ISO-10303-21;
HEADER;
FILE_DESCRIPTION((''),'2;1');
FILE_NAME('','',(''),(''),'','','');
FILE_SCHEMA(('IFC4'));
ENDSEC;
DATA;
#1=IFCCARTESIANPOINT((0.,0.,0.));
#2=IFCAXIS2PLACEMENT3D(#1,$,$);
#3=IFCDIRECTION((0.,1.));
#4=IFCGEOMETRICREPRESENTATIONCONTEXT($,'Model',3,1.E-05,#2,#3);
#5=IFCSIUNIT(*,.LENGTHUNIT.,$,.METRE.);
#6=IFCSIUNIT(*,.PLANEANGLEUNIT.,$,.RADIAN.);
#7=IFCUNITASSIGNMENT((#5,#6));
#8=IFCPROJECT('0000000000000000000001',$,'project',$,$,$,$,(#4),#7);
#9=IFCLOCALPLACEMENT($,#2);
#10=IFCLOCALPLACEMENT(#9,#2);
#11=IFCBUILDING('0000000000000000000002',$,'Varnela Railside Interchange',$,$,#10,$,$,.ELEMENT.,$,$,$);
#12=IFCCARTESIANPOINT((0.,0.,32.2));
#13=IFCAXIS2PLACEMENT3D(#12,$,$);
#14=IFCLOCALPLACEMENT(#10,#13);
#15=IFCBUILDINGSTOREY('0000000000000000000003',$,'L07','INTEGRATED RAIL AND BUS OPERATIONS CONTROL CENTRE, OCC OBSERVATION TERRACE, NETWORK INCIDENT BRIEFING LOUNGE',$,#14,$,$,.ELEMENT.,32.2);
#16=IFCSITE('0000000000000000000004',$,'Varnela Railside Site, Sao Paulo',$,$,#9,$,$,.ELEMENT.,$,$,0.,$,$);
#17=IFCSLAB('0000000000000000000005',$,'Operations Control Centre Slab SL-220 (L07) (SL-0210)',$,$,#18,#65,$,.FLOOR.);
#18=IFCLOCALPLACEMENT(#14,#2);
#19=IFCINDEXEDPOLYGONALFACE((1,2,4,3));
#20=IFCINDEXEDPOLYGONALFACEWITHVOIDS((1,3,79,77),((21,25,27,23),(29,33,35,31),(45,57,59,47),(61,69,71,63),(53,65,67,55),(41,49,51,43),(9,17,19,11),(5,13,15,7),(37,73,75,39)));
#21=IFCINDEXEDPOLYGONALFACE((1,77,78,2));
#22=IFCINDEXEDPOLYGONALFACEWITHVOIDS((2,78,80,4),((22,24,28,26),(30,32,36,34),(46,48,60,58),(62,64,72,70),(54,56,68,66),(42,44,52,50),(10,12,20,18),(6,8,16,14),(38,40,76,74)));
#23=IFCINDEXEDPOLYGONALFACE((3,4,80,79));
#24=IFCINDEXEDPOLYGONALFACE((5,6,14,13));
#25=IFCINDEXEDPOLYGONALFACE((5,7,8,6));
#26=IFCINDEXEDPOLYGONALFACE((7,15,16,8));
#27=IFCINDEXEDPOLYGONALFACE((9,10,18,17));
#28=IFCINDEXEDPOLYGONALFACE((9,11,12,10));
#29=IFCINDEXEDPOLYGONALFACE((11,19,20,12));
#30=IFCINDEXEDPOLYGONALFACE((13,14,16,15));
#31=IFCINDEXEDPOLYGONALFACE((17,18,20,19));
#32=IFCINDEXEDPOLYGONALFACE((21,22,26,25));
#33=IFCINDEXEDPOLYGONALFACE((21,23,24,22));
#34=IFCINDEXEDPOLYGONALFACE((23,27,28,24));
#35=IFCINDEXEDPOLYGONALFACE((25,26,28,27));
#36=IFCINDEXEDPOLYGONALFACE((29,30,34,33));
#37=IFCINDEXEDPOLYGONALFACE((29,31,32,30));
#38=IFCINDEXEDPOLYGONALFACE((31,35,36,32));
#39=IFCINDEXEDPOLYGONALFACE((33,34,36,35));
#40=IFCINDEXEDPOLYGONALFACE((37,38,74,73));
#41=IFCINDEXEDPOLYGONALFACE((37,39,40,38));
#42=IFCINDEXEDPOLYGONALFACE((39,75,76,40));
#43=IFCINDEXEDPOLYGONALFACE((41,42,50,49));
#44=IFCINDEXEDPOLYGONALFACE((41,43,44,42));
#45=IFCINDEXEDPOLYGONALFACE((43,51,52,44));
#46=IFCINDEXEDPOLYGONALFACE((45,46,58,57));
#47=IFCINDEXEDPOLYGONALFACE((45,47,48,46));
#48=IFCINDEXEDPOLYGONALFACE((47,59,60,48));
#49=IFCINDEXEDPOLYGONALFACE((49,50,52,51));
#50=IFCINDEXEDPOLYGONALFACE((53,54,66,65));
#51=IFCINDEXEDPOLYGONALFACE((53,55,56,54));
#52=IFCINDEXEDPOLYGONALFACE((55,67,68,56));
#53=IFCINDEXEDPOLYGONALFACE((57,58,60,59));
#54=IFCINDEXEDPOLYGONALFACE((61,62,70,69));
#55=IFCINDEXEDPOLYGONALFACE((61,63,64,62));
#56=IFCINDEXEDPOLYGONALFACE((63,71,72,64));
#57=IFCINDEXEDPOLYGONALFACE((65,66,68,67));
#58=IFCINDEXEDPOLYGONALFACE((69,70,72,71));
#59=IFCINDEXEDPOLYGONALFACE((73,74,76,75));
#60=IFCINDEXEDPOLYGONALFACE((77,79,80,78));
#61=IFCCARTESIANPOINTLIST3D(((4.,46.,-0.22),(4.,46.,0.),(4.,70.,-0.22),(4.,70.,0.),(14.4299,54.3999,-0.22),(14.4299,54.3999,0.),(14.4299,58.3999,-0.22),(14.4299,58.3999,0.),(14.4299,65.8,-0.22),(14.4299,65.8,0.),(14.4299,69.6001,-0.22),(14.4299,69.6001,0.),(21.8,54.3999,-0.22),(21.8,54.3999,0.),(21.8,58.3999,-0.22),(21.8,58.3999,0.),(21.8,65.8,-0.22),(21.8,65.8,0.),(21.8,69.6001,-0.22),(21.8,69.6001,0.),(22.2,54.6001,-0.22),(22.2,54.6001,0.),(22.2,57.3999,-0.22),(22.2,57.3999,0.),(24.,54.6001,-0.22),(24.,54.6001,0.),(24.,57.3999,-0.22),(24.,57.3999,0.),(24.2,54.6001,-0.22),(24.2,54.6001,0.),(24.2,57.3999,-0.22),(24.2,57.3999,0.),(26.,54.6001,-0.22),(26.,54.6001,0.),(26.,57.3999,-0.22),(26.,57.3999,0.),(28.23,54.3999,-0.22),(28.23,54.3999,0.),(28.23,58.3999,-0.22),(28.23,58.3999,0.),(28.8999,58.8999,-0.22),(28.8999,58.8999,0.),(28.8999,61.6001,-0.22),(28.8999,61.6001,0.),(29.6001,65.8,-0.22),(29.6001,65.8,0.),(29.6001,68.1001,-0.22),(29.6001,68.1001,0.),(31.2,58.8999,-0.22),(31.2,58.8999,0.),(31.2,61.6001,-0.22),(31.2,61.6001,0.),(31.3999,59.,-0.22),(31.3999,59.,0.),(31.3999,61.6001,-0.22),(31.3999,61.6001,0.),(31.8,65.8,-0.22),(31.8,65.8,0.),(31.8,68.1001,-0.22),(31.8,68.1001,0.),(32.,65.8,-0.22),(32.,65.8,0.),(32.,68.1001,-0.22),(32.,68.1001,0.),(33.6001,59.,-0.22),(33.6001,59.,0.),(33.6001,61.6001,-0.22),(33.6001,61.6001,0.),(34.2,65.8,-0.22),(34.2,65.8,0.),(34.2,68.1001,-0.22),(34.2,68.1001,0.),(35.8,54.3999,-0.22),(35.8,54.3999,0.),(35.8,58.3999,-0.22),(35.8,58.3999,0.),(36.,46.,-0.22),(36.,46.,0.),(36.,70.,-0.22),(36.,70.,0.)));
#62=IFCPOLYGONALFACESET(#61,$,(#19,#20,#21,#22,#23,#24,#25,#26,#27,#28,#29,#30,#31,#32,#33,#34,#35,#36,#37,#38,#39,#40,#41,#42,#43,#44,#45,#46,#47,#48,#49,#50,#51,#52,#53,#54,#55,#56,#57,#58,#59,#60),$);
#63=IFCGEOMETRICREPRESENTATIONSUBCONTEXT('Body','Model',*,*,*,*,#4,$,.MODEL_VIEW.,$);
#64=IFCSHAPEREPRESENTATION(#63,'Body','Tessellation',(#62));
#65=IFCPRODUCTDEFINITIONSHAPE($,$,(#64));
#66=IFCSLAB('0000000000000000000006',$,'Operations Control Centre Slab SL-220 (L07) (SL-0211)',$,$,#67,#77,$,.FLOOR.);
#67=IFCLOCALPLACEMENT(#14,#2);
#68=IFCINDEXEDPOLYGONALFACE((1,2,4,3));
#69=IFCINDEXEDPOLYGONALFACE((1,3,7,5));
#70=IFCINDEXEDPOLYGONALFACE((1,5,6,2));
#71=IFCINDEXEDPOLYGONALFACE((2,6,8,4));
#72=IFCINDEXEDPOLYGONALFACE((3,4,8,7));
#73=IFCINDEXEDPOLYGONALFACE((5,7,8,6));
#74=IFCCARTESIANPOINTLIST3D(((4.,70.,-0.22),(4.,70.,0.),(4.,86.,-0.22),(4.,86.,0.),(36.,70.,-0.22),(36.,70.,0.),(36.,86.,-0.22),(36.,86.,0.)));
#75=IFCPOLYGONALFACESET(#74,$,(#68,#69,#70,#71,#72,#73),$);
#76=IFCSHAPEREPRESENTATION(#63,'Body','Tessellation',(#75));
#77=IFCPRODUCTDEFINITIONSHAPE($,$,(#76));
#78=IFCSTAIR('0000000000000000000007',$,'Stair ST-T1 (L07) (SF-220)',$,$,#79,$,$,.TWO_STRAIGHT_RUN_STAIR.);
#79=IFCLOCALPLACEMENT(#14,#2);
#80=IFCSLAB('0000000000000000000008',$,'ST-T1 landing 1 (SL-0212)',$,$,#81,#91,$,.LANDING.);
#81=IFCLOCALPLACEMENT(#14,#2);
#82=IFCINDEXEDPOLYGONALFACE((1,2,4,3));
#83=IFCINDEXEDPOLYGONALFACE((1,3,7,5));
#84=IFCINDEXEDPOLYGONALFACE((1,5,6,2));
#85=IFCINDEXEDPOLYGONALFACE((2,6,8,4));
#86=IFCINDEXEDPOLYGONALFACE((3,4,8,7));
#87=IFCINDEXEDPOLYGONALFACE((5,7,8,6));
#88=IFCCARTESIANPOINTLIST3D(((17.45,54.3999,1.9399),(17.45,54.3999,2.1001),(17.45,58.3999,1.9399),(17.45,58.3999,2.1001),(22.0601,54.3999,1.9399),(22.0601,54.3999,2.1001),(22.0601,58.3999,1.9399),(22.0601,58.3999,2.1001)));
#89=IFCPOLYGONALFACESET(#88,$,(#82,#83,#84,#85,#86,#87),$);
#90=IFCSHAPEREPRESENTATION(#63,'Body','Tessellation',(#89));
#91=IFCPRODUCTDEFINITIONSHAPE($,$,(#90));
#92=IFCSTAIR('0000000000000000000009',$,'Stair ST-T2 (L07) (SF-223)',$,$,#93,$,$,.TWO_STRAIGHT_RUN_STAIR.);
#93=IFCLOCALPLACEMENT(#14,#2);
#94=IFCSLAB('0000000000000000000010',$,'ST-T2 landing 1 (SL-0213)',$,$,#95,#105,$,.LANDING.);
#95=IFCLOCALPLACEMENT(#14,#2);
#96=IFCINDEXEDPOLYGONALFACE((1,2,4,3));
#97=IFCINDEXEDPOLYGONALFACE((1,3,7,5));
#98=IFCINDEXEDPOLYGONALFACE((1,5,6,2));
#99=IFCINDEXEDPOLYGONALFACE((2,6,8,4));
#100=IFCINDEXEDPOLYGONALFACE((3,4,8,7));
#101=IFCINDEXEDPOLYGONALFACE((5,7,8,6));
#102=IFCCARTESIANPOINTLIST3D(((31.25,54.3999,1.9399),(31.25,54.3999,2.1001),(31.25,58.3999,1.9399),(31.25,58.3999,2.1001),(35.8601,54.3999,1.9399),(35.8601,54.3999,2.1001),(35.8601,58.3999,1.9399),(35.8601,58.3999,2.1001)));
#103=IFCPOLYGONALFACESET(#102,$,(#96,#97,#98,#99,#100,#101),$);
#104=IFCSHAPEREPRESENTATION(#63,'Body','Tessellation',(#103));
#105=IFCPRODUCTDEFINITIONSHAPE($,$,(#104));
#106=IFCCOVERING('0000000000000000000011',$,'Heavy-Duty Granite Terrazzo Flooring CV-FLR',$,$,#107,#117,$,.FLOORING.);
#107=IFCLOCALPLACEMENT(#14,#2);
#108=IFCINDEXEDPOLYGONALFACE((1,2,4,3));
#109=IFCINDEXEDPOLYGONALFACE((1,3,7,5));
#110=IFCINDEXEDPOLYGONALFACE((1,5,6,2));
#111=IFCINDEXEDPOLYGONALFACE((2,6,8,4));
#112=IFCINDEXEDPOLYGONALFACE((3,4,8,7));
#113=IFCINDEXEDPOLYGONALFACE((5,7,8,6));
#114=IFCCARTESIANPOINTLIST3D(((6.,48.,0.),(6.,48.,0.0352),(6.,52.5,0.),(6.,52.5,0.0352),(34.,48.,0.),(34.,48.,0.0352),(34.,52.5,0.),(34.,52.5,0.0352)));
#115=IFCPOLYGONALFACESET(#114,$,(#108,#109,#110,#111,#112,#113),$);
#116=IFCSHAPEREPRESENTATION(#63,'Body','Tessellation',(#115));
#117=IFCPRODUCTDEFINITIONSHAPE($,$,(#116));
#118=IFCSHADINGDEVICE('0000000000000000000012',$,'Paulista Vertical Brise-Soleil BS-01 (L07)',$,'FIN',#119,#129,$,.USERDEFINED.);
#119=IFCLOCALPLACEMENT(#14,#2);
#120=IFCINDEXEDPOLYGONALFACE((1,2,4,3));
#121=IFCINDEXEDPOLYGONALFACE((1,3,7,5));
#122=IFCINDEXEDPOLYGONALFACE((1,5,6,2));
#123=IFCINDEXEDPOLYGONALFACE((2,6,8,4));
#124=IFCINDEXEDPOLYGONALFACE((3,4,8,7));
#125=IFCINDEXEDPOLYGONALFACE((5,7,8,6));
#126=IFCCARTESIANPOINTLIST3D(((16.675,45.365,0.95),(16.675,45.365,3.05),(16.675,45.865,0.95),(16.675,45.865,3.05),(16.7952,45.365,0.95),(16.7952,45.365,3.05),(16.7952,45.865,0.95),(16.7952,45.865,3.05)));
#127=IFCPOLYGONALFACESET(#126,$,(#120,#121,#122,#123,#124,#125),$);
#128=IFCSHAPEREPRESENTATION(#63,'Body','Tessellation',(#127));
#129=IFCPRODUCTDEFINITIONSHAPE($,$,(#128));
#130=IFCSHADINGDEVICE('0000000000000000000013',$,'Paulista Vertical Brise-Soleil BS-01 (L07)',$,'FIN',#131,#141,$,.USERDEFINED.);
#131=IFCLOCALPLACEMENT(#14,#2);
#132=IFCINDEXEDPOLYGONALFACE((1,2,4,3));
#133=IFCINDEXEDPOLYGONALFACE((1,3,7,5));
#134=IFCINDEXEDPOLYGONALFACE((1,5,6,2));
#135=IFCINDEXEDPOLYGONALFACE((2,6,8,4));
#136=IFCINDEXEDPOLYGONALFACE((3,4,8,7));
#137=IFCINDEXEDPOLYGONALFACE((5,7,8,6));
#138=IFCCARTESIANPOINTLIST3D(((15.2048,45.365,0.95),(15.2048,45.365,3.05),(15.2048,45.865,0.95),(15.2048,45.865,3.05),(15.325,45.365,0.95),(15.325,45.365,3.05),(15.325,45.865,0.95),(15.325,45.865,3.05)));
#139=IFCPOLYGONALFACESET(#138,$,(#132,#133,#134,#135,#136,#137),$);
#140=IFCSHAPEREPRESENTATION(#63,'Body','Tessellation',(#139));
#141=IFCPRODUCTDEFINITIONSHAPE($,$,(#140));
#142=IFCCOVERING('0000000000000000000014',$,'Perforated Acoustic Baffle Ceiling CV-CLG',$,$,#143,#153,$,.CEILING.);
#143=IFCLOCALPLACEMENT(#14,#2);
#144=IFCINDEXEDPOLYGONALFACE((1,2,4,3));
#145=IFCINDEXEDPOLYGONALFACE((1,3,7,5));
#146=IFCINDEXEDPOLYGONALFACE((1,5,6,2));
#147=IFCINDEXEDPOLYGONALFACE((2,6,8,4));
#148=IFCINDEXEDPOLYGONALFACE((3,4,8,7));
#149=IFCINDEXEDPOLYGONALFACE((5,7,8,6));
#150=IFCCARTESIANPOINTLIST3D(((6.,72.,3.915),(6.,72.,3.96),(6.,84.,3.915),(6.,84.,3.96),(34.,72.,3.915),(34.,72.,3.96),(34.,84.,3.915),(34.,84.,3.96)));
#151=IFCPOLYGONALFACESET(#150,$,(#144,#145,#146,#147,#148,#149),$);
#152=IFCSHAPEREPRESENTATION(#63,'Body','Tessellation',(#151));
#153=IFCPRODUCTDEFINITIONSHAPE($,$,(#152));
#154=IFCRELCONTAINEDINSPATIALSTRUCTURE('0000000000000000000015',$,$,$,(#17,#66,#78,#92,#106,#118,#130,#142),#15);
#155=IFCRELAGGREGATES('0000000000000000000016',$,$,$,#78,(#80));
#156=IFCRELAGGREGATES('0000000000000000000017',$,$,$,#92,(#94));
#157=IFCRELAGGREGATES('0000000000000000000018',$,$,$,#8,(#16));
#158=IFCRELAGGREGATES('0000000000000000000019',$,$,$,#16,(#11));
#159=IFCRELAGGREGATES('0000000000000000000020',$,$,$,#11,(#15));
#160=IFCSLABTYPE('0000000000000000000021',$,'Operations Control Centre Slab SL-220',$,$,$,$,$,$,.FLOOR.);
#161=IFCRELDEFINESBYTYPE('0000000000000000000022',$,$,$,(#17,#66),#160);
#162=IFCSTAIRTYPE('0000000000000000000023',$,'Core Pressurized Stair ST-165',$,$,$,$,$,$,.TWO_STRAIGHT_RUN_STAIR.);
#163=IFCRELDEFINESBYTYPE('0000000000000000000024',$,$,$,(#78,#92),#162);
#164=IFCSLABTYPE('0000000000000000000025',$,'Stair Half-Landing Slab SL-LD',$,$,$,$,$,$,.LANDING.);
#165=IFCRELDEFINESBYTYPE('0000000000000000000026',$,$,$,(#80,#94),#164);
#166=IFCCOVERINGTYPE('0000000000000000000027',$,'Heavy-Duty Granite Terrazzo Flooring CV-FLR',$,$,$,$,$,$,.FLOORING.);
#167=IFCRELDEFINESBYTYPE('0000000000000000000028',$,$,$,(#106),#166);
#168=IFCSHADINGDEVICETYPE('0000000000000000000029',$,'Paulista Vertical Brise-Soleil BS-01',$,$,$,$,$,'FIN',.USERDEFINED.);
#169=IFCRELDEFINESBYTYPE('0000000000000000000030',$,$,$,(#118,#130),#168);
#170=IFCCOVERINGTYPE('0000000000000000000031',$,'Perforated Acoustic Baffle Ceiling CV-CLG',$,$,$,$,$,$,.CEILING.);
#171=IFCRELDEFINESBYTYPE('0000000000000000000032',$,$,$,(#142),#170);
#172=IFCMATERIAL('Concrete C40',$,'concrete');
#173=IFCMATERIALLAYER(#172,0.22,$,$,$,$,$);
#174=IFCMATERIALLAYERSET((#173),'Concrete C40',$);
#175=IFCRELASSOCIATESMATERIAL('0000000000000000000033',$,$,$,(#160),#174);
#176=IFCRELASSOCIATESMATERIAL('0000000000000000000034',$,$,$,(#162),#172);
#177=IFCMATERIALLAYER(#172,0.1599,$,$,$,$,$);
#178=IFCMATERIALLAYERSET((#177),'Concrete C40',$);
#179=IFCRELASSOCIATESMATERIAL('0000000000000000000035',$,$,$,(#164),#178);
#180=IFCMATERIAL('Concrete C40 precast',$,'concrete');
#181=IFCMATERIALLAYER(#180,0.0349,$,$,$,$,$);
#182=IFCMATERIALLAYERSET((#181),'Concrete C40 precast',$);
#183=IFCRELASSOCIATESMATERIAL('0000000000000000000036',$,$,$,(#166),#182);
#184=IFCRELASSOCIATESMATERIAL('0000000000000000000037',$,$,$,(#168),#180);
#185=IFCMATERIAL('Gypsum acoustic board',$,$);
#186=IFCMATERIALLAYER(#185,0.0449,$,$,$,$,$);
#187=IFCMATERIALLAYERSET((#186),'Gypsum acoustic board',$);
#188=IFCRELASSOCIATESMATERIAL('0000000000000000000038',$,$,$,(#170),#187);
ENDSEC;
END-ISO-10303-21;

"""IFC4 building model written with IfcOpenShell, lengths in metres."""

from ifc_helpers import new_model, si_unit, direction, frame, origin, origin_2d, place, context, subcontext, project, spatial, polyline, rectangle, outline, extrude, material, layer, layer_set, type_object, element, aggregate, save


model = new_model("IFC4")

# Units and contexts
model_context = context("Model", 3, precision=1e-05, world=origin(), true_north=direction((0.0, 1.0)))
body_context = subcontext(model_context, "Body", "Model", "MODEL_VIEW")
ifc_project = project(units=[si_unit("LENGTHUNIT", "METRE"), si_unit("PLANEANGLEUNIT", "RADIAN")], contexts=[model_context])

# Site, building, storey
site_placement = place(None, origin())
site = spatial("IfcSite", under=ifc_project, at=site_placement, Name="Varnela Railside Site, Sao Paulo", CompositionType="ELEMENT", RefElevation=0.0)
building_placement = place(site_placement, origin())
building = spatial("IfcBuilding", under=site, at=building_placement, Name="Varnela Railside Interchange", CompositionType="ELEMENT")
storey_placement = place(building_placement, frame((0.0, 0.0, 32.2)))
storey = spatial("IfcBuildingStorey", under=building, at=storey_placement, Name="L07", Description="INTEGRATED RAIL AND BUS OPERATIONS CONTROL CENTRE, OCC OBSERVATION TERRACE, NETWORK INCIDENT BRIEFING LOUNGE", CompositionType="ELEMENT", Elevation=32.2)

# Slabs
ifc_material_1 = material(Name="Concrete C40", Category="concrete")
ifc_layer_1 = layer(ifc_material_1, 0.22)
ifc_layer_set_1 = layer_set([ifc_layer_1], Name="Concrete C40")
slab_type_1 = type_object("IfcSlabType", Name="Operations Control Centre Slab SL-220", PredefinedType="FLOOR", material=ifc_layer_set_1)
slab_1_placement = place(storey_placement, frame((0.0, 0.0, -0.22)))
element("IfcSlab", 1, at=slab_1_placement, inside=storey, type_object=slab_type_1, Name="Operations Control Centre Slab SL-220 (L07) (SL-0210)", PredefinedType="FLOOR", context=body_context, shape_type="SweptSolid", body=[
    extrude(outline(polyline([(4.0, 46.0), (36.0, 46.0), (36.0, 70.0), (4.0, 70.0), (4.0, 46.0)]), holes=[polyline([(14.4299, 54.3999), (21.8, 54.3999), (21.8, 58.3999), (14.4299, 58.3999), (14.4299, 54.3999)]), polyline([(28.23, 54.3999), (35.8, 54.3999), (35.8, 58.3999), (28.23, 58.3999), (28.23, 54.3999)]), polyline([(14.4299, 65.8), (21.8, 65.8), (21.8, 69.6001), (14.4299, 69.6001), (14.4299, 65.8)]), polyline([(22.2, 54.6001), (24.0, 54.6001), (24.0, 57.3999), (22.2, 57.3999), (22.2, 54.6001)]), polyline([(24.2, 54.6001), (26.0, 54.6001), (26.0, 57.3999), (24.2, 57.3999), (24.2, 54.6001)]), polyline([(29.6001, 65.8), (31.8, 65.8), (31.8, 68.1001), (29.6001, 68.1001), (29.6001, 65.8)]), polyline([(32.0, 65.8), (34.2, 65.8), (34.2, 68.1001), (32.0, 68.1001), (32.0, 65.8)]), polyline([(31.3999, 59.0), (33.6001, 59.0), (33.6001, 61.6001), (31.3999, 61.6001), (31.3999, 59.0)]), polyline([(28.8999, 58.8999), (31.2, 58.8999), (31.2, 61.6001), (28.8999, 61.6001), (28.8999, 58.8999)])]), origin(), (0.0, 0.0, 1.0), 0.22),
])
slab_2_placement = place(storey_placement, frame((0.0, 0.0, -0.22)))
element("IfcSlab", 2, at=slab_2_placement, inside=storey, type_object=slab_type_1, Name="Operations Control Centre Slab SL-220 (L07) (SL-0211)", PredefinedType="FLOOR", context=body_context, shape_type="SweptSolid", body=[
    extrude(outline(polyline([(4.0, 70.0), (36.0, 70.0), (36.0, 86.0), (4.0, 86.0), (4.0, 70.0)])), origin(), (0.0, 0.0, 1.0), 0.22),
])

# Stairs, slabs
stair_type = type_object("IfcStairType", Name="Core Pressurized Stair ST-165", PredefinedType="TWO_STRAIGHT_RUN_STAIR", material=ifc_material_1)
stair_1_placement = place(storey_placement, origin())
stair_1 = element("IfcStair", 3, at=stair_1_placement, inside=storey, type_object=stair_type, Name="Stair ST-T1 (L07) (SF-220)", PredefinedType="TWO_STRAIGHT_RUN_STAIR")
ifc_layer_2 = layer(ifc_material_1, 0.1599)
ifc_layer_set_2 = layer_set([ifc_layer_2], Name="Concrete C40")
slab_type_2 = type_object("IfcSlabType", Name="Stair Half-Landing Slab SL-LD", PredefinedType="LANDING", material=ifc_layer_set_2)
slab_3_placement = place(storey_placement, frame((0.0, 0.0, 1.9399)))
slab_3 = element("IfcSlab", 4, at=slab_3_placement, type_object=slab_type_2, Name="ST-T1 landing 1 (SL-0212)", PredefinedType="LANDING", context=body_context, shape_type="SweptSolid", body=[
    extrude(outline(polyline([(17.45, 54.3999), (22.0601, 54.3999), (22.0601, 58.3999), (17.45, 58.3999), (17.45, 54.3999)])), origin(), (0.0, 0.0, 1.0), 0.1602),
])
aggregate(stair_1, [slab_3])
stair_2_placement = place(storey_placement, origin())
stair_2 = element("IfcStair", 5, at=stair_2_placement, inside=storey, type_object=stair_type, Name="Stair ST-T2 (L07) (SF-223)", PredefinedType="TWO_STRAIGHT_RUN_STAIR")
slab_4_placement = place(storey_placement, frame((0.0, 0.0, 1.9399)))
slab_4 = element("IfcSlab", 6, at=slab_4_placement, type_object=slab_type_2, Name="ST-T2 landing 1 (SL-0213)", PredefinedType="LANDING", context=body_context, shape_type="SweptSolid", body=[
    extrude(outline(polyline([(31.25, 54.3999), (35.8601, 54.3999), (35.8601, 58.3999), (31.25, 58.3999), (31.25, 54.3999)])), origin(), (0.0, 0.0, 1.0), 0.1602),
])
aggregate(stair_2, [slab_4])

# Covering
ifc_material_2 = material(Name="Concrete C40 precast", Category="concrete")
ifc_layer_3 = layer(ifc_material_2, 0.0349)
ifc_layer_set_3 = layer_set([ifc_layer_3], Name="Concrete C40 precast")
covering_type_1 = type_object("IfcCoveringType", Name="Heavy-Duty Granite Terrazzo Flooring CV-FLR", PredefinedType="FLOORING", material=ifc_layer_set_3)
covering_1_placement = place(storey_placement, origin())
element("IfcCovering", 7, at=covering_1_placement, inside=storey, type_object=covering_type_1, Name="Heavy-Duty Granite Terrazzo Flooring CV-FLR", PredefinedType="FLOORING", context=body_context, shape_type="SweptSolid", body=[
    extrude(outline(polyline([(6.0, 48.0), (34.0, 48.0), (34.0, 52.5), (6.0, 52.5), (6.0, 48.0)])), origin(), (0.0, 0.0, 1.0), 0.0352),
])

# Shading devices
shading_device_type = type_object("IfcShadingDeviceType", Name="Paulista Vertical Brise-Soleil BS-01", ElementType="FIN", PredefinedType="USERDEFINED", material=ifc_material_2)
for number, where, z_axis, x_axis, name in (
    (8, (16.7351, 45.615, 0.95), (0.0, 0.0, 1.0), (0.0, -1.0, 0.0), "Paulista Vertical Brise-Soleil BS-01 (L07)"),
    (9, (15.2649, 45.615, 0.95), (0.0, 0.0, 1.0), (0.0, -1.0, 0.0), "Paulista Vertical Brise-Soleil BS-01 (L07)"),
):
    element("IfcShadingDevice", number, at=place(storey_placement, frame(where, z_axis=z_axis, x_axis=x_axis)), inside=storey, type_object=shading_device_type, Name=name, ObjectType="FIN", PredefinedType="USERDEFINED", context=body_context, shape_type="SweptSolid", body=[
        extrude(rectangle(XDim=0.5, YDim=0.1201, at=origin_2d()), origin(), (0.0, 0.0, 1.0), 2.1001),
    ])

# Covering
ifc_material_3 = material(Name="Gypsum acoustic board")
ifc_layer_4 = layer(ifc_material_3, 0.0449)
ifc_layer_set_4 = layer_set([ifc_layer_4], Name="Gypsum acoustic board")
covering_type_2 = type_object("IfcCoveringType", Name="Perforated Acoustic Baffle Ceiling CV-CLG", PredefinedType="CEILING", material=ifc_layer_set_4)
covering_2_placement = place(storey_placement, frame((0.0, 0.0, 3.915)))
element("IfcCovering", 10, at=covering_2_placement, inside=storey, type_object=covering_type_2, Name="Perforated Acoustic Baffle Ceiling CV-CLG", PredefinedType="CEILING", context=body_context, shape_type="SweptSolid", body=[
    extrude(outline(polyline([(6.0, 72.0), (34.0, 72.0), (34.0, 84.0), (6.0, 84.0), (6.0, 72.0)])), origin(), (0.0, 0.0, 1.0), 0.0449),
])

save(model, "model.ifc")
